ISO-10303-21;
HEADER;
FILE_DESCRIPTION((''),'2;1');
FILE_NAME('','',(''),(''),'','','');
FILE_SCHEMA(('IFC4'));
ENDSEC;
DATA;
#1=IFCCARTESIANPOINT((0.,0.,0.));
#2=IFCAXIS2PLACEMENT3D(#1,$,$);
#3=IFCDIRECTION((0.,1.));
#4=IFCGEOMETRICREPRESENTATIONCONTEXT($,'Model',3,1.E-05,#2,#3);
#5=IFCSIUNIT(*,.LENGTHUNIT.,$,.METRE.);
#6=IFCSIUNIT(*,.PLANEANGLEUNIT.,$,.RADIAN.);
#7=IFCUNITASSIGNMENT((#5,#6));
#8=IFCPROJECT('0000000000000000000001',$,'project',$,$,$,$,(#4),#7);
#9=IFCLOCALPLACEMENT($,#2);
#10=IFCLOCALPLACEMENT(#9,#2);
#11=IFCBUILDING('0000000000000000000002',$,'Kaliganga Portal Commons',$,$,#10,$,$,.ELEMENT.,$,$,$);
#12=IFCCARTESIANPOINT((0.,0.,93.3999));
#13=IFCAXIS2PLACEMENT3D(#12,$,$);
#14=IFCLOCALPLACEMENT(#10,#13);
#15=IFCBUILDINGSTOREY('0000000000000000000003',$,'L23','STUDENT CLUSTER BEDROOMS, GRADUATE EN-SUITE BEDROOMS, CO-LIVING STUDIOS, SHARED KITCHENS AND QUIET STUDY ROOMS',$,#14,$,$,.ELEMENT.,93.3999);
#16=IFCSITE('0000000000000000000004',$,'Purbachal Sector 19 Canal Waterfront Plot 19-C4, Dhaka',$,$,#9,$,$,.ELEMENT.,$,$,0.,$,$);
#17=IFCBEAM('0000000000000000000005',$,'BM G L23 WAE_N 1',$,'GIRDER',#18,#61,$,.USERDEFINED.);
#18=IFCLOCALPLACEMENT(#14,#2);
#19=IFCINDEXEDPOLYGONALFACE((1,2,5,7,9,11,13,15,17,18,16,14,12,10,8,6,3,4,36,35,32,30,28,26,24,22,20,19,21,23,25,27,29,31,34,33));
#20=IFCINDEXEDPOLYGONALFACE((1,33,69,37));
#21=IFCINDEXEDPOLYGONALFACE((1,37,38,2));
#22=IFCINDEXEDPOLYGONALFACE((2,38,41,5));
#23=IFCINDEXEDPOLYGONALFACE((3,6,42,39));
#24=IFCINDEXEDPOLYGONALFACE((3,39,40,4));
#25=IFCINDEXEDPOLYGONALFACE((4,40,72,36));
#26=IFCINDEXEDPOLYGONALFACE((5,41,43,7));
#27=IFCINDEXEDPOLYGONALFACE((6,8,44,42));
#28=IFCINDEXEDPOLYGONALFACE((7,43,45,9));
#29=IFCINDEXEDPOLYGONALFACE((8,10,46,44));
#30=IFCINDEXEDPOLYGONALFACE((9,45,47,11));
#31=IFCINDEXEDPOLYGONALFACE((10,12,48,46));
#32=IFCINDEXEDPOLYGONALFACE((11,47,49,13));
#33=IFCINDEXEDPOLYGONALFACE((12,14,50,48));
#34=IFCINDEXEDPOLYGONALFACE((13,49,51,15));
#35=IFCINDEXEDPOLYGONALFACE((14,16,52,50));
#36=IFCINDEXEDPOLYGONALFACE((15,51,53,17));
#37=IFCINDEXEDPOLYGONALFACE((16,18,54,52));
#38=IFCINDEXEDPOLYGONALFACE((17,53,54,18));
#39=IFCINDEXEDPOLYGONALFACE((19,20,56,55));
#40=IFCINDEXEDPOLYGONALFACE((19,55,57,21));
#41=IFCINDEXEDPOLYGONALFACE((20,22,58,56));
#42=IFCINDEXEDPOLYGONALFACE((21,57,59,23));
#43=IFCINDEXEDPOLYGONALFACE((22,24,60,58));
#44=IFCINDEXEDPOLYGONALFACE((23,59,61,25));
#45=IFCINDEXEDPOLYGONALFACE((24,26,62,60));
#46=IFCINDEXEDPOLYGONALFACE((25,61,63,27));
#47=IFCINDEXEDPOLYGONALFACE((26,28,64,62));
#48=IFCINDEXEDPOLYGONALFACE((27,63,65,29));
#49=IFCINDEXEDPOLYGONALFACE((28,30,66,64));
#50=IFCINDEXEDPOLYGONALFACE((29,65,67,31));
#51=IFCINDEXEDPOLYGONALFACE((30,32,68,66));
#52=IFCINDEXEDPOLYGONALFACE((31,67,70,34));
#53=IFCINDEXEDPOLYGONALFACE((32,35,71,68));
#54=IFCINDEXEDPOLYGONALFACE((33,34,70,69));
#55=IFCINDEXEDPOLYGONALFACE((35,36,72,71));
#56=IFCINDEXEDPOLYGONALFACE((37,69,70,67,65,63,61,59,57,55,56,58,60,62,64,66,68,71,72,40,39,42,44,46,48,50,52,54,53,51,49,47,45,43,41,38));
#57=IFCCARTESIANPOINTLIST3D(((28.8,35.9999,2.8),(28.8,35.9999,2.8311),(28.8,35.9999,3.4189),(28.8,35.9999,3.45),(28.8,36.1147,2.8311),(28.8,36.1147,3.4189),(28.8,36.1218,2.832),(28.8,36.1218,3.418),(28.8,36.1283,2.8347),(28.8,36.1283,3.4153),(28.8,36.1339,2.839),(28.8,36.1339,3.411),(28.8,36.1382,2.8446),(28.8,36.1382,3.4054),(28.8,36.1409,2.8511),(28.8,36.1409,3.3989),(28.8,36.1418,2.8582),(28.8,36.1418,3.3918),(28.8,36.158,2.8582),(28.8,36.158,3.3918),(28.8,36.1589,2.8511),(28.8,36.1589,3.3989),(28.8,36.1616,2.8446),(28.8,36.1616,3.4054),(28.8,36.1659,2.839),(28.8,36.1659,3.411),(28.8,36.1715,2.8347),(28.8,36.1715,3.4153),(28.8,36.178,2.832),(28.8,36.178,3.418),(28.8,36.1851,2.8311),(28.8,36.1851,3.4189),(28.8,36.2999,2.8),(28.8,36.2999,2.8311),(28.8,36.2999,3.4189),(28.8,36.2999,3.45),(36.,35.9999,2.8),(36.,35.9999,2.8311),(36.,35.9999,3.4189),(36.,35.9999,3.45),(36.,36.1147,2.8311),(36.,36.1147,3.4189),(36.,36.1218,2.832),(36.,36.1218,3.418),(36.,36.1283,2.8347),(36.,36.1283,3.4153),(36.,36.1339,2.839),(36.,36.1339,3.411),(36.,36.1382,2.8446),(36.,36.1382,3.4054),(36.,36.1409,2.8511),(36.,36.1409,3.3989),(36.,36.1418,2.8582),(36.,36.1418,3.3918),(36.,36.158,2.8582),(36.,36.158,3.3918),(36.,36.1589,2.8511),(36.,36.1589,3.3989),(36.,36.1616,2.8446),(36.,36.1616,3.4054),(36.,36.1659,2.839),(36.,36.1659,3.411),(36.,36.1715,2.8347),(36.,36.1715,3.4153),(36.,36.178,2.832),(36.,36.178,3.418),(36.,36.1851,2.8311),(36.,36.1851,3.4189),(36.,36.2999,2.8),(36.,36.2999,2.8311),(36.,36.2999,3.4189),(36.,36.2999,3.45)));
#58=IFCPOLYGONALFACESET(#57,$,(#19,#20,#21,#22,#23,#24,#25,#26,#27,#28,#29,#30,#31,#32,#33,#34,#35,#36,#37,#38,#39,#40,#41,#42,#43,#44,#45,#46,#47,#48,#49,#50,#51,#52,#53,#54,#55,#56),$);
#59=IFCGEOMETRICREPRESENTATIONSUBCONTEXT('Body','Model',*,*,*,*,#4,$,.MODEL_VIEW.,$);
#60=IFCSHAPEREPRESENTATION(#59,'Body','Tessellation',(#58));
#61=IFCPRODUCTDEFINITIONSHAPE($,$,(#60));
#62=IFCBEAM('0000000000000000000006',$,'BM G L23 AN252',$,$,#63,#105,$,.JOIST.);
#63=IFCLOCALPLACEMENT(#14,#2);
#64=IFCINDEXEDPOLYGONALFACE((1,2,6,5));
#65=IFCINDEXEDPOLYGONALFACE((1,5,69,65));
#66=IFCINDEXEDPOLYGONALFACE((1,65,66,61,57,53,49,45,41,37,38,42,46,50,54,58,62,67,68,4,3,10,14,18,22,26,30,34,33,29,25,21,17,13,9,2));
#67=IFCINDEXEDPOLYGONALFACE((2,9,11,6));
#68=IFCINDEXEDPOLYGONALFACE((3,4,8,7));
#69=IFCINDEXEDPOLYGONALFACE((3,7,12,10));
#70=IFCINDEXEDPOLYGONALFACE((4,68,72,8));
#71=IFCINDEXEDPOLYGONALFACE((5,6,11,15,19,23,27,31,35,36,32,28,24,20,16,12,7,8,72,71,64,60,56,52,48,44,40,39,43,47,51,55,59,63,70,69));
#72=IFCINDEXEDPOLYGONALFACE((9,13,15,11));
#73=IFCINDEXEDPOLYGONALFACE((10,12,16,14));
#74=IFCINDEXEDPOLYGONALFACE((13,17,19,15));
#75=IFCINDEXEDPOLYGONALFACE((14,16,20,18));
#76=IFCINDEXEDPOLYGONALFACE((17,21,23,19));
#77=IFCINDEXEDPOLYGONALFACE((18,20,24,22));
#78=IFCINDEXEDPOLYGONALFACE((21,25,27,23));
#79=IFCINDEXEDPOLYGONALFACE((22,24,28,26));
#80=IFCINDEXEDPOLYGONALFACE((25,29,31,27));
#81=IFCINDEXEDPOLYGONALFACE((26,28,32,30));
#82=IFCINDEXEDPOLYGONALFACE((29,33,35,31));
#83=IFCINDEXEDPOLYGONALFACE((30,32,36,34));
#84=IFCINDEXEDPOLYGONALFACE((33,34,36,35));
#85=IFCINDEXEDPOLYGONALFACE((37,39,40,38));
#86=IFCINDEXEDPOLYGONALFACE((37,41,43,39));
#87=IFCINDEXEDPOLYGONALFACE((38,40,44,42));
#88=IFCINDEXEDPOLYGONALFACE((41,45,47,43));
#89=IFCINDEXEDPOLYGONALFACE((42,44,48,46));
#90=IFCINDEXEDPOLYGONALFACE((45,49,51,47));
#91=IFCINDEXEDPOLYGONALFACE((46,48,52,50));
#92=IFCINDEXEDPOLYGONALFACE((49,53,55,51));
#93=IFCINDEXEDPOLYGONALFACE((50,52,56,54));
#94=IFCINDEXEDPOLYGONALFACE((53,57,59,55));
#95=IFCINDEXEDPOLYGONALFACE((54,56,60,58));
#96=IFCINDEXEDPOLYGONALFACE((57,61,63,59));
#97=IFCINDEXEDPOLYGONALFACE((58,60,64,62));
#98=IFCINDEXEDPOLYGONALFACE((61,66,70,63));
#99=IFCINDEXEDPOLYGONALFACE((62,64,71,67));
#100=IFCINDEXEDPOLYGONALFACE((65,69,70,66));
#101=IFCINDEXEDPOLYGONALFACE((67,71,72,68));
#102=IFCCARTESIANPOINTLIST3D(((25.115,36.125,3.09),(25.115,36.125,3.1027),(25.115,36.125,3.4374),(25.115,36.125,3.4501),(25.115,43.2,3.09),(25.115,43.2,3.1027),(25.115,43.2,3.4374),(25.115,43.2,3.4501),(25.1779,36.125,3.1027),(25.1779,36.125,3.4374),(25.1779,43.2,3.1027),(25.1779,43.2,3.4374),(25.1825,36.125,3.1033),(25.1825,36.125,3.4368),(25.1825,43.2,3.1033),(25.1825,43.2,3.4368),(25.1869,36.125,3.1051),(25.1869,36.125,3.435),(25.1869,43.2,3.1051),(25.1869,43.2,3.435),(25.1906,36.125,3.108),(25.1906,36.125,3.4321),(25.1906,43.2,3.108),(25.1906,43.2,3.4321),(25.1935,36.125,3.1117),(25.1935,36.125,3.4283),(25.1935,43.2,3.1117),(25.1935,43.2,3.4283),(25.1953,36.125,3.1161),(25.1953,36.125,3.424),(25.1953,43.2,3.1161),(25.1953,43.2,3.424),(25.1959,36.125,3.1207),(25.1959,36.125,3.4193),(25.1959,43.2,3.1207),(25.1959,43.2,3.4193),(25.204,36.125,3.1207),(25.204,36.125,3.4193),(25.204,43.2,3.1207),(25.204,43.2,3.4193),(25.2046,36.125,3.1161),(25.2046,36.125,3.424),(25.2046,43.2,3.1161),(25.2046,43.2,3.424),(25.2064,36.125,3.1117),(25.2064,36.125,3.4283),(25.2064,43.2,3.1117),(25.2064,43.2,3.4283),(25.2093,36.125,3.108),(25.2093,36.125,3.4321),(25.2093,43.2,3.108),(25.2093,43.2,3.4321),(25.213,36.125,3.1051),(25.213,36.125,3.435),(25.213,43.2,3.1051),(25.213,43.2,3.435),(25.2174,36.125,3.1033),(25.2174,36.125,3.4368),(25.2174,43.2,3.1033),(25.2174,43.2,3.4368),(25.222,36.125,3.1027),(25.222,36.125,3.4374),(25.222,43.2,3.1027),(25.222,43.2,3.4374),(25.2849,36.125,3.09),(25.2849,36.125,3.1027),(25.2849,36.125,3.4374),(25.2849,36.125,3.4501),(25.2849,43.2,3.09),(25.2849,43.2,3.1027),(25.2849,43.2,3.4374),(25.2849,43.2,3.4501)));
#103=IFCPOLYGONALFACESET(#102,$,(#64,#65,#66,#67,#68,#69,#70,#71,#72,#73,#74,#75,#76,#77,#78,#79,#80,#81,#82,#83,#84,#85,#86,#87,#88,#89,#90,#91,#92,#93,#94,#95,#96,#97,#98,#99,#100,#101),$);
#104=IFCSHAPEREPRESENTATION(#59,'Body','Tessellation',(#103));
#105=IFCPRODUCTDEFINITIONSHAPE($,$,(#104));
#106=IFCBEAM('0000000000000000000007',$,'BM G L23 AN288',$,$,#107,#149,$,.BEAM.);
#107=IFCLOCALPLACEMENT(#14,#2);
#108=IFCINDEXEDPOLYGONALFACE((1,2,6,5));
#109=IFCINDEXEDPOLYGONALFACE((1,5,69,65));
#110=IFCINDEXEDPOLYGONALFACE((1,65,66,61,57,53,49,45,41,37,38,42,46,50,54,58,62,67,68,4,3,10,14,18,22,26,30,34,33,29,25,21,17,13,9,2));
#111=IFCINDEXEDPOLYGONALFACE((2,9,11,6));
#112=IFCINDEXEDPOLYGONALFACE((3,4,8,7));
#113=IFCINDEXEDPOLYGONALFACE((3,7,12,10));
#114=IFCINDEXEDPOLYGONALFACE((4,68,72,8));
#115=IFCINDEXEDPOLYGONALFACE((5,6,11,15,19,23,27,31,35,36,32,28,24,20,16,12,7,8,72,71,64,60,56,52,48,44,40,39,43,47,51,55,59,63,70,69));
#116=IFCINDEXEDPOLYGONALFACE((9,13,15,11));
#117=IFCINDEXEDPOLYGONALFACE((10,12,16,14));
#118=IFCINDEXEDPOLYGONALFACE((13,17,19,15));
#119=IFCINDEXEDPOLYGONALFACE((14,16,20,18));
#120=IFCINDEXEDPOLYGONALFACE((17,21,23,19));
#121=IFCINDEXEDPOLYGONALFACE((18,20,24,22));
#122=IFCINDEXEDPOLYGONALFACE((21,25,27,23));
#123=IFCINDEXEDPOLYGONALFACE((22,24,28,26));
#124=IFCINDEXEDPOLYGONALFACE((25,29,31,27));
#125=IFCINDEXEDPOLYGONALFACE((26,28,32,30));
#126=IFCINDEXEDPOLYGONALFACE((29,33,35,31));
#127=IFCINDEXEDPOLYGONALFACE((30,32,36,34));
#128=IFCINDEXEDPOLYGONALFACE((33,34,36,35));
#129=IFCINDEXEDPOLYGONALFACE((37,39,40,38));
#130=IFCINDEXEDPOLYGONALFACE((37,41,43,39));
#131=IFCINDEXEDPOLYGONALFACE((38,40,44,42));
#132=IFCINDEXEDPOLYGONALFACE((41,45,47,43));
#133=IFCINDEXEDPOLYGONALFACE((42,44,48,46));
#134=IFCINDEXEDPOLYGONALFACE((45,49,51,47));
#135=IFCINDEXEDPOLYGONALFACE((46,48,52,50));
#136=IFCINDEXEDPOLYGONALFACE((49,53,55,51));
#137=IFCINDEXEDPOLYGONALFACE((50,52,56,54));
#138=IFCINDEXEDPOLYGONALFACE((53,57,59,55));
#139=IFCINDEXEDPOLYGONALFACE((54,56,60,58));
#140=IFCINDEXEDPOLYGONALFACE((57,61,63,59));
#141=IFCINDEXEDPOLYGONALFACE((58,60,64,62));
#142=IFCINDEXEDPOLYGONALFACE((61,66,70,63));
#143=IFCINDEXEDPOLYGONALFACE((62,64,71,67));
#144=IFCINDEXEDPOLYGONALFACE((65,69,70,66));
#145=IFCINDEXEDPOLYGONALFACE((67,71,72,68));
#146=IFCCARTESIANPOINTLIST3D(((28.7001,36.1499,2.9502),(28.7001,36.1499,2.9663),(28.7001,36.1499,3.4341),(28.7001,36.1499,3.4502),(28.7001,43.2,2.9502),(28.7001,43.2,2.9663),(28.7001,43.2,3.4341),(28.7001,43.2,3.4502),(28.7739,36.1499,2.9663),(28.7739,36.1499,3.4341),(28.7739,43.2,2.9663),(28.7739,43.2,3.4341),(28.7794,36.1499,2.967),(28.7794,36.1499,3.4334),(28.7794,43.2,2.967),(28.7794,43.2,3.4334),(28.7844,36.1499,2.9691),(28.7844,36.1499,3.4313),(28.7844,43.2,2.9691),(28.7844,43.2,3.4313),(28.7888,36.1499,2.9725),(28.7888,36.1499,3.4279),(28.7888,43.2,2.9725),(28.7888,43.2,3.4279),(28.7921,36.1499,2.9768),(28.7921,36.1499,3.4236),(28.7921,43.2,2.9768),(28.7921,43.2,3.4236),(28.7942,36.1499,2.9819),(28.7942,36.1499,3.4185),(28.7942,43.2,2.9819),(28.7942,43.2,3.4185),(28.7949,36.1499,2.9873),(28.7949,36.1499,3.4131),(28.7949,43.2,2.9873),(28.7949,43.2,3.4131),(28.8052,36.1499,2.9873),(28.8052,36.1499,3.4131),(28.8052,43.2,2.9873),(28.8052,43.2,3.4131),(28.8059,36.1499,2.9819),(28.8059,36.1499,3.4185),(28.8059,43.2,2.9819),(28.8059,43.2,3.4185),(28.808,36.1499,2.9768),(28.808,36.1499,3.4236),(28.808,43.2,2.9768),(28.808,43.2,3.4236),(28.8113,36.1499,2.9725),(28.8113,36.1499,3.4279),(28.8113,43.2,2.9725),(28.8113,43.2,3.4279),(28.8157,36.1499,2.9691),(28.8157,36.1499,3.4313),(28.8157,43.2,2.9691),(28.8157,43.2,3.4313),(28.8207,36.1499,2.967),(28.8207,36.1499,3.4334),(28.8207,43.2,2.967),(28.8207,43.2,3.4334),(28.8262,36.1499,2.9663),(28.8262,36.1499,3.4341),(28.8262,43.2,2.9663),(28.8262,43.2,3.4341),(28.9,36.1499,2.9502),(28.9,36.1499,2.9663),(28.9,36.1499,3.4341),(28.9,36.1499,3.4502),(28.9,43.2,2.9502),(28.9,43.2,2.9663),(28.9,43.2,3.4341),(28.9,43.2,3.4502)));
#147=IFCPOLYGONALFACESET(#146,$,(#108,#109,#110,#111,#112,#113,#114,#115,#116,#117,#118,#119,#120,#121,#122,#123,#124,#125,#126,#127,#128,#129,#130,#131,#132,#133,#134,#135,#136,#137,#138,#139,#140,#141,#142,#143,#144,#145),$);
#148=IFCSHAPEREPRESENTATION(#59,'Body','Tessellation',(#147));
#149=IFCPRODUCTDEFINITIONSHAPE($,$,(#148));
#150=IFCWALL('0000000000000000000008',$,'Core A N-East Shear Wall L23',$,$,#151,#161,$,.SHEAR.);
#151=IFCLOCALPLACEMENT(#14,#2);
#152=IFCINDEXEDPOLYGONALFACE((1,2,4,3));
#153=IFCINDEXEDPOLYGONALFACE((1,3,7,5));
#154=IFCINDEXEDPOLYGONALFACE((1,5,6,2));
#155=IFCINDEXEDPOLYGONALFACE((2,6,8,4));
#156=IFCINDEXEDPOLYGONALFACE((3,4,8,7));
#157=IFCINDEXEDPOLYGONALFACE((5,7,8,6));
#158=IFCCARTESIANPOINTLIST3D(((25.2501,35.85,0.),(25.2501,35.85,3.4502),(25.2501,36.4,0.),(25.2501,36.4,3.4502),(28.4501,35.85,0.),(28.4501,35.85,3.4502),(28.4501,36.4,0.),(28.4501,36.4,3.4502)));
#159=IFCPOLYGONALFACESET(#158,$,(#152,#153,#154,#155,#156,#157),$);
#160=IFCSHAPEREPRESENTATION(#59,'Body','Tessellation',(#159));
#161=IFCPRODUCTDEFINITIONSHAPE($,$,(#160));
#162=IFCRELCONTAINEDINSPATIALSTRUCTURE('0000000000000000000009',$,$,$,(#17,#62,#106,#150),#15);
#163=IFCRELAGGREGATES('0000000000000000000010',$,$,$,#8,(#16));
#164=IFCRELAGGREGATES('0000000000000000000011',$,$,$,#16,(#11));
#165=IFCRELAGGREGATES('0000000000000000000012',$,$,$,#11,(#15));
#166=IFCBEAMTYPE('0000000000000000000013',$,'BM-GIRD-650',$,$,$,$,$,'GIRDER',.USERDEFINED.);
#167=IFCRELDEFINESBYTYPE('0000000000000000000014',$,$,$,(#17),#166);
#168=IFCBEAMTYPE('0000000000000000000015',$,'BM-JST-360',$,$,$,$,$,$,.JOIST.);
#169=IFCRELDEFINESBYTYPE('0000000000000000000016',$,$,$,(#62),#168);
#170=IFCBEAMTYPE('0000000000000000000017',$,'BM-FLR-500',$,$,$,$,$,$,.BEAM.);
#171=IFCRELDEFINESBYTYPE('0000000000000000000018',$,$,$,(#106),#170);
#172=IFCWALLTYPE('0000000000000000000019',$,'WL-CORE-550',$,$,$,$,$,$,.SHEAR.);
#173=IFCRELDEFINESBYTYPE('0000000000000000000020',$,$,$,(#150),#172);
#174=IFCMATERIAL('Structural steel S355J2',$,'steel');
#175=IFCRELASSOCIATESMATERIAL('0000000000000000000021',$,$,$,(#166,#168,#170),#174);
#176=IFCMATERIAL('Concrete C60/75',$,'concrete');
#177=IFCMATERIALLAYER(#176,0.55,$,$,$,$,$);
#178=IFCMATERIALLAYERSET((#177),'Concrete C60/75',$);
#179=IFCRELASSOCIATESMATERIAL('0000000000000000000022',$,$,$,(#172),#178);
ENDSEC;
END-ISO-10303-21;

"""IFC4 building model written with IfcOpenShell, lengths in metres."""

from ifc_helpers import new_model, si_unit, direction, frame, frame_2d, origin, origin_2d, place, context, subcontext, project, spatial, rectangle, i_section, extrude, source, transform, mapped, material, layer, layer_set, material_profile, profile_set, type_object, element, save


model = new_model("IFC4")

# Units and contexts
model_context = context("Model", 3, precision=1e-05, world=origin(), true_north=direction((0.0, 1.0)))
body_context = subcontext(model_context, "Body", "Model", "MODEL_VIEW")
ifc_project = project(units=[si_unit("LENGTHUNIT", "METRE"), si_unit("PLANEANGLEUNIT", "RADIAN")], contexts=[model_context])

# Site, building, storey
site_placement = place(None, origin())
site = spatial("IfcSite", under=ifc_project, at=site_placement, Name="Purbachal Sector 19 Canal Waterfront Plot 19-C4, Dhaka", CompositionType="ELEMENT", RefElevation=0.0)
building_placement = place(site_placement, origin())
building = spatial("IfcBuilding", under=site, at=building_placement, Name="Kaliganga Portal Commons", CompositionType="ELEMENT")
storey_placement = place(building_placement, frame((0.0, 0.0, 93.3999)))
storey = spatial("IfcBuildingStorey", under=building, at=storey_placement, Name="L23", Description="STUDENT CLUSTER BEDROOMS, GRADUATE EN-SUITE BEDROOMS, CO-LIVING STUDIOS, SHARED KITCHENS AND QUIET STUDY ROOMS", CompositionType="ELEMENT", Elevation=93.3999)

# Shared definitions
ifc_material_1 = material(Name="Concrete C60/75", Category="concrete")

# Beams
ifc_material_2 = material(Name="Structural steel S355J2", Category="steel")
ifc_material_profile_1 = material_profile(ifc_material_2, i_section(OverallWidth=0.3, OverallDepth=0.6499, WebThickness=0.0161, FlangeThickness=0.031, FilletRadius=0.0271, at=origin_2d()), Name="HE 650 B")
ifc_profile_set_1 = profile_set([ifc_material_profile_1], Name="Structural steel S355J2 wide-flange")
beam_type_1 = type_object("IfcBeamType", Name="BM-GIRD-650", ElementType="GIRDER", PredefinedType="USERDEFINED", material=ifc_profile_set_1)
shared_shape_1 = source(origin(), body_context, "Body", "SweptSolid", [
    extrude(i_section(OverallWidth=0.3, OverallDepth=0.6499, WebThickness=0.0161, FlangeThickness=0.031, FilletRadius=0.0271, at=origin_2d()), origin(), (0.0, 0.0, 1.0), 7.2),
])
beam_1_placement = place(storey_placement, frame((28.8, 36.1499, 3.125), z_axis=(1.0, 0.0, 0.0), x_axis=(0.0, 1.0, 0.0)))
element("IfcBeam", 1, at=beam_1_placement, inside=storey, type_object=beam_type_1, Name="BM G L23 WAE_N 1", ObjectType="GIRDER", PredefinedType="USERDEFINED", context=body_context, shape_type="MappedRepresentation", body=[
    mapped(shared_shape_1, transform((0.0, 0.0, 0.0), x_axis=(1.0, 0.0, 0.0), y_axis=(0.0, 1.0, 0.0), z_axis=(0.0, 0.0, 1.0), scale=1.0)),
])
ifc_material_profile_2 = material_profile(ifc_material_2, i_section(OverallWidth=0.1699, OverallDepth=0.3601, WebThickness=0.0081, FlangeThickness=0.0127, FilletRadius=0.0181, at=origin_2d()), Name="IPE 360")
ifc_profile_set_2 = profile_set([ifc_material_profile_2], Name="Structural steel S355J2 wide-flange")
beam_type_2 = type_object("IfcBeamType", Name="BM-JST-360", PredefinedType="JOIST", material=ifc_profile_set_2)
shared_shape_2 = source(origin(), body_context, "Body", "SweptSolid", [
    extrude(i_section(OverallWidth=0.1699, OverallDepth=0.3601, WebThickness=0.0081, FlangeThickness=0.0127, FilletRadius=0.0181, at=origin_2d()), origin(), (0.0, 0.0, 1.0), 7.075),
])
beam_2_placement = place(storey_placement, frame((25.2, 36.125, 3.27), z_axis=(0.0, 1.0, 0.0), x_axis=(-1.0, 0.0, 0.0)))
element("IfcBeam", 2, at=beam_2_placement, inside=storey, type_object=beam_type_2, Name="BM G L23 AN252", PredefinedType="JOIST", context=body_context, shape_type="MappedRepresentation", body=[
    mapped(shared_shape_2, transform((0.0, 0.0, 0.0), x_axis=(1.0, 0.0, 0.0), y_axis=(0.0, 1.0, 0.0), z_axis=(0.0, 0.0, 1.0), scale=1.0)),
])
ifc_material_profile_3 = material_profile(ifc_material_2, i_section(OverallWidth=0.2, OverallDepth=0.5, WebThickness=0.0103, FlangeThickness=0.0161, FilletRadius=0.021, at=origin_2d()), Name="IPE 500")
ifc_profile_set_3 = profile_set([ifc_material_profile_3], Name="Structural steel S355J2 wide-flange")
beam_type_3 = type_object("IfcBeamType", Name="BM-FLR-500", PredefinedType="BEAM", material=ifc_profile_set_3)
shared_shape_3 = source(origin(), body_context, "Body", "SweptSolid", [
    extrude(i_section(OverallWidth=0.2, OverallDepth=0.5, WebThickness=0.0103, FlangeThickness=0.0161, FilletRadius=0.021, at=origin_2d()), origin(), (0.0, 0.0, 1.0), 7.05),
])
beam_3_placement = place(storey_placement, frame((28.8, 36.1499, 3.2002), z_axis=(0.0, 1.0, 0.0), x_axis=(-1.0, 0.0, 0.0)))
element("IfcBeam", 3, at=beam_3_placement, inside=storey, type_object=beam_type_3, Name="BM G L23 AN288", PredefinedType="BEAM", context=body_context, shape_type="MappedRepresentation", body=[
    mapped(shared_shape_3, transform((0.0, 0.0, 0.0), x_axis=(1.0, 0.0, 0.0), y_axis=(0.0, 1.0, 0.0), z_axis=(0.0, 0.0, 1.0), scale=1.0)),
])

# Wall
ifc_layer_1 = layer(ifc_material_1, 0.55)
ifc_layer_set_1 = layer_set([ifc_layer_1], Name="Concrete C60/75")
wall_type_1 = type_object("IfcWallType", Name="WL-CORE-550", PredefinedType="SHEAR", material=ifc_layer_set_1)
wall_1_placement = place(storey_placement, frame((25.25, 36.125, 0.0), z_axis=(0.0, 0.0, 1.0), x_axis=(1.0, 0.0, 0.0)))
element("IfcWall", 4, at=wall_1_placement, inside=storey, type_object=wall_type_1, Name="Core A N-East Shear Wall L23", PredefinedType="SHEAR", context=body_context, shape_type="SweptSolid", body=[
    extrude(rectangle(XDim=3.2, YDim=0.55, at=frame_2d((1.6001, 0.0))), origin(), (0.0, 0.0, 1.0), 3.4502),
])

save(model, "model.ifc")
